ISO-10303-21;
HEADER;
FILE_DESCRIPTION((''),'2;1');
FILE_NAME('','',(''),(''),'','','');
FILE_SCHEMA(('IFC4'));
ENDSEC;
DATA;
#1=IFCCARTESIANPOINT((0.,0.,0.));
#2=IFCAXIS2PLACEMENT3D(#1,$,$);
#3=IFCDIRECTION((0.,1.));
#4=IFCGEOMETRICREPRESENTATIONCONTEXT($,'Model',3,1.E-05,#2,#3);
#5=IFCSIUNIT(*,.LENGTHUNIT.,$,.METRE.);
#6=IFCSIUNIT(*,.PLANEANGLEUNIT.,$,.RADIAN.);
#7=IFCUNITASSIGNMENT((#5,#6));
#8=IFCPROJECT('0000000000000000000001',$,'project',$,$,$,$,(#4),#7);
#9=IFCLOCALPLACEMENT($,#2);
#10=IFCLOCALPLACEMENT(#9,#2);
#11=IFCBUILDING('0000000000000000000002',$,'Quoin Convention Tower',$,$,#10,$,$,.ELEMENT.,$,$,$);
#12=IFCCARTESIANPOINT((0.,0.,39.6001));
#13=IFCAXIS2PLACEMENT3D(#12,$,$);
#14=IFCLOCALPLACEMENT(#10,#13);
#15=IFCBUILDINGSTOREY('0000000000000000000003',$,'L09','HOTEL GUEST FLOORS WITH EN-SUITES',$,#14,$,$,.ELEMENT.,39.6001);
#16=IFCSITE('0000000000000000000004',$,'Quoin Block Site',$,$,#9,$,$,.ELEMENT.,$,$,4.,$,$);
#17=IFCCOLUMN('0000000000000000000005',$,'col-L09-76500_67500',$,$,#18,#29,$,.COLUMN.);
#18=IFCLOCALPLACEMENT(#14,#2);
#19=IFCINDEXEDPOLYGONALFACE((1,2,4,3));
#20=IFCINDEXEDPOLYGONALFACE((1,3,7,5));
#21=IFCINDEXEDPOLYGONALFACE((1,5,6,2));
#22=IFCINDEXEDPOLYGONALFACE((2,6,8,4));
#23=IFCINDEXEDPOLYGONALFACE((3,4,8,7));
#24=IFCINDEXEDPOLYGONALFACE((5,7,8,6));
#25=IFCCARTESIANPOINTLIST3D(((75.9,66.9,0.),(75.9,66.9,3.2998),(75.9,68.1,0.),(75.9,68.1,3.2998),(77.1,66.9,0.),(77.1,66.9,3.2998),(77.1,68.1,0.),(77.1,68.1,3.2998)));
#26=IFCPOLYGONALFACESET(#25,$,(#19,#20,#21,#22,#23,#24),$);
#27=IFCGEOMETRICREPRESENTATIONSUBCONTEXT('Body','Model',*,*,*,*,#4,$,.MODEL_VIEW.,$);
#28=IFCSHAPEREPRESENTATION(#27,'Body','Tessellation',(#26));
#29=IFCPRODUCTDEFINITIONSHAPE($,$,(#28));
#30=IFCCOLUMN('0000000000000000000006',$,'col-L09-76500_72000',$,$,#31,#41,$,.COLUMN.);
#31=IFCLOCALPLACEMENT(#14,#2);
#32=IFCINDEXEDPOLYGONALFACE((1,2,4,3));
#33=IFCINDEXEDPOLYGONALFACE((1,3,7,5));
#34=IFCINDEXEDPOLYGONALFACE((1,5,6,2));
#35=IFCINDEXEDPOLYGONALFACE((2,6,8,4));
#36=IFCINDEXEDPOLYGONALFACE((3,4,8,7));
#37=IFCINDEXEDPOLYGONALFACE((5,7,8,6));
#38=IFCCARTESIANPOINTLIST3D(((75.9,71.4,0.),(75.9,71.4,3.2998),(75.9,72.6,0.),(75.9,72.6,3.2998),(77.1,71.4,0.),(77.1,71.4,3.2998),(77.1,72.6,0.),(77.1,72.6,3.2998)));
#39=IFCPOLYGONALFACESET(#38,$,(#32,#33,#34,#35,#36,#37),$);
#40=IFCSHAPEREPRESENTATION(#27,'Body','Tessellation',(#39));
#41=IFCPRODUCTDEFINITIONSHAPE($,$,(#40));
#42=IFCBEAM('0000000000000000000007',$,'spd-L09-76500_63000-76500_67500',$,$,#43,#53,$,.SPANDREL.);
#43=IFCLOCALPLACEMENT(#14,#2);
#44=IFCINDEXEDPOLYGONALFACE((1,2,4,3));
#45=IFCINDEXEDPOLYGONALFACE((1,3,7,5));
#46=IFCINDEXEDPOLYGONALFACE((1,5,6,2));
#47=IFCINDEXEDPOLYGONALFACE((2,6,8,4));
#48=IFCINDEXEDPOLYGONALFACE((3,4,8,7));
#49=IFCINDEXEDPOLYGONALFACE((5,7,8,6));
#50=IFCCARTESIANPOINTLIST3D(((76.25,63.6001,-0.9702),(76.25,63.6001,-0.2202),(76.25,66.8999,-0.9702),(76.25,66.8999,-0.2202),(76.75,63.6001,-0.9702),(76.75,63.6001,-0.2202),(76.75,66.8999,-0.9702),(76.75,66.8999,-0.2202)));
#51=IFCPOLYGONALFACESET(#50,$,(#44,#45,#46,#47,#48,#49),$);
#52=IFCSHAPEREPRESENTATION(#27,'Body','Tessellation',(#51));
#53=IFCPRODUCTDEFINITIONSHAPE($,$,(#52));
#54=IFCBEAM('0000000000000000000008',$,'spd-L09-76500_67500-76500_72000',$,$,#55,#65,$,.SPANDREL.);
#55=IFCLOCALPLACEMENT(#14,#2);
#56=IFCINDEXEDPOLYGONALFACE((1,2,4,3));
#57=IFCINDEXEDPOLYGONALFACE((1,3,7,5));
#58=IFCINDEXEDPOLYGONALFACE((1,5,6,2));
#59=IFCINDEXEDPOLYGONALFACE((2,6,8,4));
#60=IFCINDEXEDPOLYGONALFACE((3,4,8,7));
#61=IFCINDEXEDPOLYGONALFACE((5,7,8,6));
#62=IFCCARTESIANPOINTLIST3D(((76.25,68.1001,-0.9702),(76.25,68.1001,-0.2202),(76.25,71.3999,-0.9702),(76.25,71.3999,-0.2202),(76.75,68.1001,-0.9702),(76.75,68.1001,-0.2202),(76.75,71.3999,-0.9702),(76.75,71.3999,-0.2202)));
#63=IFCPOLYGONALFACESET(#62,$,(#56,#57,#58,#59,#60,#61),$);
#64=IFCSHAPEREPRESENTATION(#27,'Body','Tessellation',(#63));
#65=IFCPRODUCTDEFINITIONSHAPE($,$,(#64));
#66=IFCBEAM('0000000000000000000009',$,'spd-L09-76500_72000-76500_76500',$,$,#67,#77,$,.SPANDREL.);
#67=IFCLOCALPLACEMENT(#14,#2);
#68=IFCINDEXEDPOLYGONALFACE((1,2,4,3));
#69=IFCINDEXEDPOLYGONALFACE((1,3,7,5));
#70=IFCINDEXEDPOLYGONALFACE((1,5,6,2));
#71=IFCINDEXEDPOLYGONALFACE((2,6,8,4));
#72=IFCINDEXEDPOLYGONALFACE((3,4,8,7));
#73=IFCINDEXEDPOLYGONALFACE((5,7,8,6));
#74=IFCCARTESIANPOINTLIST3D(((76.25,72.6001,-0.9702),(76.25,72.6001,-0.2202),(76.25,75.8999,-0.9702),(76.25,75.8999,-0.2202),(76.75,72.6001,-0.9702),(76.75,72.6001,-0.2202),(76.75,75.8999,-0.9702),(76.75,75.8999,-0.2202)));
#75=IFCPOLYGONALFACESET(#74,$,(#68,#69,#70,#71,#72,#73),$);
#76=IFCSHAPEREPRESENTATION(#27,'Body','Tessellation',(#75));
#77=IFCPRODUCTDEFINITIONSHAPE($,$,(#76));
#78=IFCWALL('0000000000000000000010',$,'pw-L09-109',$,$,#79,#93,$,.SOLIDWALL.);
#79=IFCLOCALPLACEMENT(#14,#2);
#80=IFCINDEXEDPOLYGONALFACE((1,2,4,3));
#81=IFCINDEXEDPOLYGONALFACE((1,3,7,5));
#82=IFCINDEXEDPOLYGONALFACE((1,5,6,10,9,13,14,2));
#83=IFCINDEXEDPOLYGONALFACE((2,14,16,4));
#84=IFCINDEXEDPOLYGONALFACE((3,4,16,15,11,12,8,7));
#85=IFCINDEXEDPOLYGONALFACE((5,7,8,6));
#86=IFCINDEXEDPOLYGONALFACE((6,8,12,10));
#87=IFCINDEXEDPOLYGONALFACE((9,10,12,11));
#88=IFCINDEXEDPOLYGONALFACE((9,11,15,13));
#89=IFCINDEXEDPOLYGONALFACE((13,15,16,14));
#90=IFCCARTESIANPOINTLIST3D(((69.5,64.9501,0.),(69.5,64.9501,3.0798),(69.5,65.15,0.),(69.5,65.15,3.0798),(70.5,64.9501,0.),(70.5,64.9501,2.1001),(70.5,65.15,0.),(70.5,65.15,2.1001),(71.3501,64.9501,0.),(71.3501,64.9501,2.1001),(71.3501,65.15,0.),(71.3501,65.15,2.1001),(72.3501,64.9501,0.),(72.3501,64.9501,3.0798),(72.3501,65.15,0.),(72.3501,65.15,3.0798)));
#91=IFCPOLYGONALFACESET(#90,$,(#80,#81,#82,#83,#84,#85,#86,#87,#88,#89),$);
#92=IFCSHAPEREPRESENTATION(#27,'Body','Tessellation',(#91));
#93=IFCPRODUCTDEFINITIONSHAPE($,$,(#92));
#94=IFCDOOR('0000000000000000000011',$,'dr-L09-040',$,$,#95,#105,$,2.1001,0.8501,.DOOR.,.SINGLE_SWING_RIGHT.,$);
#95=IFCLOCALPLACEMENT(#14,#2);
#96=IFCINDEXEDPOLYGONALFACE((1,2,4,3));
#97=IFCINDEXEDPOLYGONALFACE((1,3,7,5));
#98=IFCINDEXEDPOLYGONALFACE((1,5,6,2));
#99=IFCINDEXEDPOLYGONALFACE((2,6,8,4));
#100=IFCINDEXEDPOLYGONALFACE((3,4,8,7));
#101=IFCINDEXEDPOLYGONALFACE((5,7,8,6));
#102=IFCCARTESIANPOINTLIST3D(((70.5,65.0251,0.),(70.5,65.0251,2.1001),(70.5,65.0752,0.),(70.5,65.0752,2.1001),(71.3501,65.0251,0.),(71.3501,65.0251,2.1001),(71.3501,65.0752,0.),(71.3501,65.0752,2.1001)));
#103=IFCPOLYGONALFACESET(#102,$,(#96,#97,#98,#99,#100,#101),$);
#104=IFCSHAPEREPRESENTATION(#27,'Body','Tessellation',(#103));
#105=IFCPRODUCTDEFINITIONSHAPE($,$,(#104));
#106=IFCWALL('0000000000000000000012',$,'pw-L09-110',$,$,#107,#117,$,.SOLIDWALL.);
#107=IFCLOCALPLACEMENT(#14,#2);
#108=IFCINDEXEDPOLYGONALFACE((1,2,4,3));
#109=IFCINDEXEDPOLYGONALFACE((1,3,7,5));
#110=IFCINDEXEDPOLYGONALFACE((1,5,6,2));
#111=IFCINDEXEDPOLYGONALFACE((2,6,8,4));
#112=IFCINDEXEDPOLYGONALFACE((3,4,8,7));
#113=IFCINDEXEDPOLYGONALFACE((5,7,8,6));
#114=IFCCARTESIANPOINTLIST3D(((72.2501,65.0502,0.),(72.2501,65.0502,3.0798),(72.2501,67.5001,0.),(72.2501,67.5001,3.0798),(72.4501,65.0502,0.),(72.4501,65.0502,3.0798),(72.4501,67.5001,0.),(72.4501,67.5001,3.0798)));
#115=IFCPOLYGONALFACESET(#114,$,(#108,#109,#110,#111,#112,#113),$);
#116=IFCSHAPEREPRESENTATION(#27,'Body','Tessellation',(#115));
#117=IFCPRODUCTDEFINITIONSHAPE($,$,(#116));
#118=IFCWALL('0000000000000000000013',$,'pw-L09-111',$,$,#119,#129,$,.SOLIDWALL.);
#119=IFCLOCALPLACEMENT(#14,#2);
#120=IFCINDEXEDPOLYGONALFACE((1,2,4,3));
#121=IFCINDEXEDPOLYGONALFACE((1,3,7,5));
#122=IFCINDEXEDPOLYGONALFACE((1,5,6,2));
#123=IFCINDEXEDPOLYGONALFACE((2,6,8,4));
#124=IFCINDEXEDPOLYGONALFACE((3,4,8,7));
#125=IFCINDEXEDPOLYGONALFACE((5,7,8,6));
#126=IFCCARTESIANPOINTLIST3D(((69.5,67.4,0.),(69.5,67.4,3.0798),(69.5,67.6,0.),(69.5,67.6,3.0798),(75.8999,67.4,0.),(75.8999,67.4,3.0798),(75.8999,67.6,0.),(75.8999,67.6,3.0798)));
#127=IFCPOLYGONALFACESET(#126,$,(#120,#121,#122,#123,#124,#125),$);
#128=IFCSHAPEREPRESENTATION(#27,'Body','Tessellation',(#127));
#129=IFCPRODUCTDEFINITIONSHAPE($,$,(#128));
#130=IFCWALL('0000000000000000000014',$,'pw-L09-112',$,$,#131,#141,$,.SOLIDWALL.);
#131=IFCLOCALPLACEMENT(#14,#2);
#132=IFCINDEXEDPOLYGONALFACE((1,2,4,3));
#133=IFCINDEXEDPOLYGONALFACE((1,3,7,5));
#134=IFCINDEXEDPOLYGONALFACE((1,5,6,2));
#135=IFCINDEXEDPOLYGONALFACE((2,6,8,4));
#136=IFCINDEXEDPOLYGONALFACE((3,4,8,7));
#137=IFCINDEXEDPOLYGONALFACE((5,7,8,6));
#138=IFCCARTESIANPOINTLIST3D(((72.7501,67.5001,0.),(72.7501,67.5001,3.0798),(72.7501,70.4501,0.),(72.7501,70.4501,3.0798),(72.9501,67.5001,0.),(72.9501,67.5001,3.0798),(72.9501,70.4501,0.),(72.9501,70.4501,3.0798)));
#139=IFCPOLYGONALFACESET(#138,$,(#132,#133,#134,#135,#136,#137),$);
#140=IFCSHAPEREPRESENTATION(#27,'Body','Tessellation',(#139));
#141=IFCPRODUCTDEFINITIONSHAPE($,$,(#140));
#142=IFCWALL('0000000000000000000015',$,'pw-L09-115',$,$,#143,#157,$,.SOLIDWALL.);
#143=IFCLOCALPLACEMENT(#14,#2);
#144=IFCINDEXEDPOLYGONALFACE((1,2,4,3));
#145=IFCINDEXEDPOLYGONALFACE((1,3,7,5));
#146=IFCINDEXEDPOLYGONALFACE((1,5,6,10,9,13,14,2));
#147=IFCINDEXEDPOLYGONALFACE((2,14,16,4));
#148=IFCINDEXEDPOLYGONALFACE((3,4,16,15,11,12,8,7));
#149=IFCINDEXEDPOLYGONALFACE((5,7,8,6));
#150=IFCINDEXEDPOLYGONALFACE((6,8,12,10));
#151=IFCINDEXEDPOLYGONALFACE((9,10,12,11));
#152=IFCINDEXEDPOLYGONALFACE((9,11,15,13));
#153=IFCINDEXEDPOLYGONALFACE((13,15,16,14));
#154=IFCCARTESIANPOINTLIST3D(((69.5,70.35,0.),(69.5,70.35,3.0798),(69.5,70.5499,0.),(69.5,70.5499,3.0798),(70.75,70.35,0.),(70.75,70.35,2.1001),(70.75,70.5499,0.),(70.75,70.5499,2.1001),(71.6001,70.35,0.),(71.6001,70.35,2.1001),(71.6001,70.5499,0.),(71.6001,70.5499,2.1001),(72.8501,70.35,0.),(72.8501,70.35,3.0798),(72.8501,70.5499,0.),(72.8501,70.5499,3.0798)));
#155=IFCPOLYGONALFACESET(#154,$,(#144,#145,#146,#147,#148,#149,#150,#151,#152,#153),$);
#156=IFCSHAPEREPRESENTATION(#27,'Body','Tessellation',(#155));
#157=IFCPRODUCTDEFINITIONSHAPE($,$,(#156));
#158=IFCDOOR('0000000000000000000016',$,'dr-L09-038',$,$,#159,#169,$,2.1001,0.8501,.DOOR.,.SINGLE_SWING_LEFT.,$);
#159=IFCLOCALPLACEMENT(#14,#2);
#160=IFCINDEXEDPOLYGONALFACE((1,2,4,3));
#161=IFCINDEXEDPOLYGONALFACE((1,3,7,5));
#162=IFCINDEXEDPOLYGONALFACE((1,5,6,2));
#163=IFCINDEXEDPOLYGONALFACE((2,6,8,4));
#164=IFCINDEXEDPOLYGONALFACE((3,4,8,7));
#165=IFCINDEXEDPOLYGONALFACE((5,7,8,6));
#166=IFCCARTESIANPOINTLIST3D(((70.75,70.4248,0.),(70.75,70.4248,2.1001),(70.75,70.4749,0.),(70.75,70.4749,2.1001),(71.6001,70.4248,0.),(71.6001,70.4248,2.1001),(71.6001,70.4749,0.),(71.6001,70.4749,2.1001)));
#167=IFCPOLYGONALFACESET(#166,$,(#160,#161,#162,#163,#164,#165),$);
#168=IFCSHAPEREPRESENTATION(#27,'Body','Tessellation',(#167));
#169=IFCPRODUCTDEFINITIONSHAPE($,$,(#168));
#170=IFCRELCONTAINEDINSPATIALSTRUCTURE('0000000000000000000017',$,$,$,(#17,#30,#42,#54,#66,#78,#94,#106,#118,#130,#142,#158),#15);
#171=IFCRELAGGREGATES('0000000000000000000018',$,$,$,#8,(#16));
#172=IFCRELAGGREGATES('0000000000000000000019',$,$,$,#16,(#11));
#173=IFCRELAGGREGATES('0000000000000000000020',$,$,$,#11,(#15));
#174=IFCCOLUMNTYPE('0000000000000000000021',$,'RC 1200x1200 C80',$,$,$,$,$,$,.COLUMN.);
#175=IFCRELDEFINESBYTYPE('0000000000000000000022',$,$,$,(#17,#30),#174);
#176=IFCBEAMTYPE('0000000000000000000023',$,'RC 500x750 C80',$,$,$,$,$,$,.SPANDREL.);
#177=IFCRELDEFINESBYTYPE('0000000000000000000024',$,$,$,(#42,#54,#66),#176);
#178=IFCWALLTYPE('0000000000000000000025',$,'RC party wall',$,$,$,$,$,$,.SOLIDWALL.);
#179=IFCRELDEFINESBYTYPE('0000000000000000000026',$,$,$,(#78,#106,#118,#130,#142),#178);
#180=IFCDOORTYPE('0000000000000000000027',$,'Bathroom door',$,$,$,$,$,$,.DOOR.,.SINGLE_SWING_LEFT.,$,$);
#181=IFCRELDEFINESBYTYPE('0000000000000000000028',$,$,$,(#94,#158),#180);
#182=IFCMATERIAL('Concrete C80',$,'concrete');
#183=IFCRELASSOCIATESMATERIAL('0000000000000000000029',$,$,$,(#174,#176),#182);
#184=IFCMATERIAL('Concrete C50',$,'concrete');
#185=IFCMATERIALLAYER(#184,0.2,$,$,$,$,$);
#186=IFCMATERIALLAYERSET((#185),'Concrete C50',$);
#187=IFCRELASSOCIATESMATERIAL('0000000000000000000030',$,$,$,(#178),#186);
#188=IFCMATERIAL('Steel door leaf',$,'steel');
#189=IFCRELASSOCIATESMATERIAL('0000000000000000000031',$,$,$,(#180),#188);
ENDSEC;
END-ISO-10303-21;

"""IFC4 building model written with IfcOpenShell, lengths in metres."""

from ifc_helpers import new_model, si_unit, direction, frame, frame_2d, origin, origin_2d, place, context, subcontext, project, spatial, rectangle, extrude, material, layer, layer_set, material_profile, profile_set, type_object, element, fill, save


model = new_model("IFC4")

# Units and contexts
model_context = context("Model", 3, precision=1e-05, world=origin(), true_north=direction((0.0, 1.0)))
body_context = subcontext(model_context, "Body", "Model", "MODEL_VIEW")
ifc_project = project(units=[si_unit("LENGTHUNIT", "METRE"), si_unit("PLANEANGLEUNIT", "RADIAN")], contexts=[model_context])

# Site, building, storey
site_placement = place(None, origin())
site = spatial("IfcSite", under=ifc_project, at=site_placement, Name="Quoin Block Site", CompositionType="ELEMENT", RefElevation=4.0)
building_placement = place(site_placement, origin())
building = spatial("IfcBuilding", under=site, at=building_placement, Name="Quoin Convention Tower", CompositionType="ELEMENT")
storey_placement = place(building_placement, frame((0.0, 0.0, 39.6001)))
storey = spatial("IfcBuildingStorey", under=building, at=storey_placement, Name="L09", Description="HOTEL GUEST FLOORS WITH EN-SUITES", CompositionType="ELEMENT", Elevation=39.6001)

# Columns
ifc_material_1 = material(Name="Concrete C80", Category="concrete")
ifc_material_profile_1 = material_profile(ifc_material_1, rectangle(XDim=1.2, YDim=1.2, at=origin_2d()), Name="RC 1200x1200")
ifc_profile_set_1 = profile_set([ifc_material_profile_1], Name="Concrete C80")
column_type = type_object("IfcColumnType", Name="RC 1200x1200 C80", PredefinedType="COLUMN", material=ifc_profile_set_1)
for number, where, z_axis, x_axis, name in (
    (1, (76.5, 67.5, 0.0), (0.0, 0.0, 1.0), (1.0, 0.0, 0.0), "col-L09-76500_67500"),
    (2, (76.5, 72.0, 0.0), (0.0, 0.0, 1.0), (1.0, 0.0, 0.0), "col-L09-76500_72000"),
):
    element("IfcColumn", number, at=place(storey_placement, frame(where, z_axis=z_axis, x_axis=x_axis)), inside=storey, type_object=column_type, Name=name, PredefinedType="COLUMN", context=body_context, shape_type="SweptSolid", body=[
        extrude(rectangle(XDim=1.2, YDim=1.2, at=origin_2d()), origin(), (0.0, 0.0, 1.0), 3.2998),
    ])

# Beams
ifc_material_profile_2 = material_profile(ifc_material_1, rectangle(XDim=0.5, YDim=0.75, at=origin_2d()), Name="RC 500x750")
ifc_profile_set_2 = profile_set([ifc_material_profile_2], Name="Concrete C80")
beam_type = type_object("IfcBeamType", Name="RC 500x750 C80", PredefinedType="SPANDREL", material=ifc_profile_set_2)
for number, where, z_axis, x_axis, name in (
    (3, (76.5, 63.6001, -0.5952), (0.0, 1.0, 0.0), (-1.0, 0.0, 0.0), "spd-L09-76500_63000-76500_67500"),
    (4, (76.5, 68.1001, -0.5952), (0.0, 1.0, 0.0), (-1.0, 0.0, 0.0), "spd-L09-76500_67500-76500_72000"),
    (5, (76.5, 72.6001, -0.5952), (0.0, 1.0, 0.0), (-1.0, 0.0, 0.0), "spd-L09-76500_72000-76500_76500"),
):
    element("IfcBeam", number, at=place(storey_placement, frame(where, z_axis=z_axis, x_axis=x_axis)), inside=storey, type_object=beam_type, Name=name, PredefinedType="SPANDREL", context=body_context, shape_type="SweptSolid", body=[
        extrude(rectangle(XDim=0.5, YDim=0.75, at=origin_2d()), origin(), (0.0, 0.0, 1.0), 3.2998),
    ])

# Wall, opening, door
ifc_material_2 = material(Name="Concrete C50", Category="concrete")
ifc_layer = layer(ifc_material_2, 0.2)
ifc_layer_set = layer_set([ifc_layer], Name="Concrete C50")
wall_type = type_object("IfcWallType", Name="RC party wall", PredefinedType="SOLIDWALL", material=ifc_layer_set)
wall_1_placement = place(storey_placement, frame((69.5, 65.05, 0.0), z_axis=(0.0, 0.0, 1.0), x_axis=(1.0, 0.0, 0.0)))
wall_1 = element("IfcWall", 6, at=wall_1_placement, inside=storey, type_object=wall_type, Name="pw-L09-109", PredefinedType="SOLIDWALL", context=body_context, shape_type="SweptSolid", body=[
    extrude(rectangle(XDim=2.8501, YDim=0.2, at=frame_2d((1.425, 0.0))), origin(), (0.0, 0.0, 1.0), 3.0798),
])
opening_1_placement = place(wall_1_placement, frame((1.0, 0.0, 0.0)))
opening_1 = element("IfcOpeningElement", 7, at=opening_1_placement, cuts=wall_1, PredefinedType="OPENING", context=body_context, shape_type="SweptSolid", body=[
    extrude(rectangle(XDim=0.8501, YDim=2.1001, at=frame_2d((0.425, 1.05))), frame((0.0, 0.1099, 0.0), z_axis=(0.0, -1.0, 0.0), x_axis=(1.0, 0.0, 0.0)), (0.0, 0.0, 1.0), 0.22),
])
ifc_material_3 = material(Name="Steel door leaf", Category="steel")
door_type = type_object("IfcDoorType", Name="Bathroom door", OperationType="SINGLE_SWING_LEFT", PredefinedType="DOOR", material=ifc_material_3)
door_1_placement = place(opening_1_placement, frame((0.8501, 0.0, 0.0), z_axis=(0.0, 0.0, 1.0), x_axis=(-1.0, 0.0, 0.0)))
door_1 = element("IfcDoor", 8, at=door_1_placement, inside=storey, type_object=door_type, Name="dr-L09-040", OperationType="SINGLE_SWING_RIGHT", OverallHeight=2.1001, OverallWidth=0.8501, PredefinedType="DOOR", context=body_context, shape_type="SweptSolid", body=[
    extrude(rectangle(XDim=0.8501, YDim=2.1001, at=frame_2d((0.425, 1.05))), frame((0.0, 0.0249, 0.0), z_axis=(0.0, -1.0, 0.0), x_axis=(1.0, 0.0, 0.0)), (0.0, 0.0, 1.0), 0.05),
])
fill(opening_1, door_1)

# Walls
wall_2_placement = place(storey_placement, frame((72.3501, 65.05, 0.0), z_axis=(0.0, 0.0, 1.0), x_axis=(0.0, 1.0, 0.0)))
element("IfcWall", 9, at=wall_2_placement, inside=storey, type_object=wall_type, Name="pw-L09-110", PredefinedType="SOLIDWALL", context=body_context, shape_type="SweptSolid", body=[
    extrude(rectangle(XDim=2.45, YDim=0.2, at=frame_2d((1.2251, 0.0))), origin(), (0.0, 0.0, 1.0), 3.0798),
])
wall_3_placement = place(storey_placement, frame((69.5, 67.5, 0.0), z_axis=(0.0, 0.0, 1.0), x_axis=(1.0, 0.0, 0.0)))
element("IfcWall", 10, at=wall_3_placement, inside=storey, type_object=wall_type, Name="pw-L09-111", PredefinedType="SOLIDWALL", context=body_context, shape_type="SweptSolid", body=[
    extrude(rectangle(XDim=6.3999, YDim=0.2, at=frame_2d((3.2, 0.0))), origin(), (0.0, 0.0, 1.0), 3.0798),
])
wall_4_placement = place(storey_placement, frame((72.8501, 67.5, 0.0), z_axis=(0.0, 0.0, 1.0), x_axis=(0.0, 1.0, 0.0)))
element("IfcWall", 11, at=wall_4_placement, inside=storey, type_object=wall_type, Name="pw-L09-112", PredefinedType="SOLIDWALL", context=body_context, shape_type="SweptSolid", body=[
    extrude(rectangle(XDim=2.95, YDim=0.2, at=frame_2d((1.4751, 0.0))), origin(), (0.0, 0.0, 1.0), 3.0798),
])

# Wall, opening, door
wall_5_placement = place(storey_placement, frame((69.5, 70.45, 0.0), z_axis=(0.0, 0.0, 1.0), x_axis=(1.0, 0.0, 0.0)))
wall_5 = element("IfcWall", 12, at=wall_5_placement, inside=storey, type_object=wall_type, Name="pw-L09-115", PredefinedType="SOLIDWALL", context=body_context, shape_type="SweptSolid", body=[
    extrude(rectangle(XDim=3.3501, YDim=0.2, at=frame_2d((1.675, 0.0))), origin(), (0.0, 0.0, 1.0), 3.0798),
])
opening_2_placement = place(wall_5_placement, frame((1.25, 0.0, 0.0)))
opening_2 = element("IfcOpeningElement", 13, at=opening_2_placement, cuts=wall_5, PredefinedType="OPENING", context=body_context, shape_type="SweptSolid", body=[
    extrude(rectangle(XDim=0.8501, YDim=2.1001, at=frame_2d((0.425, 1.05))), frame((0.0, 0.1099, 0.0), z_axis=(0.0, -1.0, 0.0), x_axis=(1.0, 0.0, 0.0)), (0.0, 0.0, 1.0), 0.22),
])
door_2_placement = place(opening_2_placement, origin())
door_2 = element("IfcDoor", 14, at=door_2_placement, inside=storey, type_object=door_type, Name="dr-L09-038", OperationType="SINGLE_SWING_LEFT", OverallHeight=2.1001, OverallWidth=0.8501, PredefinedType="DOOR", context=body_context, shape_type="SweptSolid", body=[
    extrude(rectangle(XDim=0.8501, YDim=2.1001, at=frame_2d((0.425, 1.05))), frame((0.0, 0.0249, 0.0), z_axis=(0.0, -1.0, 0.0), x_axis=(1.0, 0.0, 0.0)), (0.0, 0.0, 1.0), 0.05),
])
fill(opening_2, door_2)

save(model, "model.ifc")
